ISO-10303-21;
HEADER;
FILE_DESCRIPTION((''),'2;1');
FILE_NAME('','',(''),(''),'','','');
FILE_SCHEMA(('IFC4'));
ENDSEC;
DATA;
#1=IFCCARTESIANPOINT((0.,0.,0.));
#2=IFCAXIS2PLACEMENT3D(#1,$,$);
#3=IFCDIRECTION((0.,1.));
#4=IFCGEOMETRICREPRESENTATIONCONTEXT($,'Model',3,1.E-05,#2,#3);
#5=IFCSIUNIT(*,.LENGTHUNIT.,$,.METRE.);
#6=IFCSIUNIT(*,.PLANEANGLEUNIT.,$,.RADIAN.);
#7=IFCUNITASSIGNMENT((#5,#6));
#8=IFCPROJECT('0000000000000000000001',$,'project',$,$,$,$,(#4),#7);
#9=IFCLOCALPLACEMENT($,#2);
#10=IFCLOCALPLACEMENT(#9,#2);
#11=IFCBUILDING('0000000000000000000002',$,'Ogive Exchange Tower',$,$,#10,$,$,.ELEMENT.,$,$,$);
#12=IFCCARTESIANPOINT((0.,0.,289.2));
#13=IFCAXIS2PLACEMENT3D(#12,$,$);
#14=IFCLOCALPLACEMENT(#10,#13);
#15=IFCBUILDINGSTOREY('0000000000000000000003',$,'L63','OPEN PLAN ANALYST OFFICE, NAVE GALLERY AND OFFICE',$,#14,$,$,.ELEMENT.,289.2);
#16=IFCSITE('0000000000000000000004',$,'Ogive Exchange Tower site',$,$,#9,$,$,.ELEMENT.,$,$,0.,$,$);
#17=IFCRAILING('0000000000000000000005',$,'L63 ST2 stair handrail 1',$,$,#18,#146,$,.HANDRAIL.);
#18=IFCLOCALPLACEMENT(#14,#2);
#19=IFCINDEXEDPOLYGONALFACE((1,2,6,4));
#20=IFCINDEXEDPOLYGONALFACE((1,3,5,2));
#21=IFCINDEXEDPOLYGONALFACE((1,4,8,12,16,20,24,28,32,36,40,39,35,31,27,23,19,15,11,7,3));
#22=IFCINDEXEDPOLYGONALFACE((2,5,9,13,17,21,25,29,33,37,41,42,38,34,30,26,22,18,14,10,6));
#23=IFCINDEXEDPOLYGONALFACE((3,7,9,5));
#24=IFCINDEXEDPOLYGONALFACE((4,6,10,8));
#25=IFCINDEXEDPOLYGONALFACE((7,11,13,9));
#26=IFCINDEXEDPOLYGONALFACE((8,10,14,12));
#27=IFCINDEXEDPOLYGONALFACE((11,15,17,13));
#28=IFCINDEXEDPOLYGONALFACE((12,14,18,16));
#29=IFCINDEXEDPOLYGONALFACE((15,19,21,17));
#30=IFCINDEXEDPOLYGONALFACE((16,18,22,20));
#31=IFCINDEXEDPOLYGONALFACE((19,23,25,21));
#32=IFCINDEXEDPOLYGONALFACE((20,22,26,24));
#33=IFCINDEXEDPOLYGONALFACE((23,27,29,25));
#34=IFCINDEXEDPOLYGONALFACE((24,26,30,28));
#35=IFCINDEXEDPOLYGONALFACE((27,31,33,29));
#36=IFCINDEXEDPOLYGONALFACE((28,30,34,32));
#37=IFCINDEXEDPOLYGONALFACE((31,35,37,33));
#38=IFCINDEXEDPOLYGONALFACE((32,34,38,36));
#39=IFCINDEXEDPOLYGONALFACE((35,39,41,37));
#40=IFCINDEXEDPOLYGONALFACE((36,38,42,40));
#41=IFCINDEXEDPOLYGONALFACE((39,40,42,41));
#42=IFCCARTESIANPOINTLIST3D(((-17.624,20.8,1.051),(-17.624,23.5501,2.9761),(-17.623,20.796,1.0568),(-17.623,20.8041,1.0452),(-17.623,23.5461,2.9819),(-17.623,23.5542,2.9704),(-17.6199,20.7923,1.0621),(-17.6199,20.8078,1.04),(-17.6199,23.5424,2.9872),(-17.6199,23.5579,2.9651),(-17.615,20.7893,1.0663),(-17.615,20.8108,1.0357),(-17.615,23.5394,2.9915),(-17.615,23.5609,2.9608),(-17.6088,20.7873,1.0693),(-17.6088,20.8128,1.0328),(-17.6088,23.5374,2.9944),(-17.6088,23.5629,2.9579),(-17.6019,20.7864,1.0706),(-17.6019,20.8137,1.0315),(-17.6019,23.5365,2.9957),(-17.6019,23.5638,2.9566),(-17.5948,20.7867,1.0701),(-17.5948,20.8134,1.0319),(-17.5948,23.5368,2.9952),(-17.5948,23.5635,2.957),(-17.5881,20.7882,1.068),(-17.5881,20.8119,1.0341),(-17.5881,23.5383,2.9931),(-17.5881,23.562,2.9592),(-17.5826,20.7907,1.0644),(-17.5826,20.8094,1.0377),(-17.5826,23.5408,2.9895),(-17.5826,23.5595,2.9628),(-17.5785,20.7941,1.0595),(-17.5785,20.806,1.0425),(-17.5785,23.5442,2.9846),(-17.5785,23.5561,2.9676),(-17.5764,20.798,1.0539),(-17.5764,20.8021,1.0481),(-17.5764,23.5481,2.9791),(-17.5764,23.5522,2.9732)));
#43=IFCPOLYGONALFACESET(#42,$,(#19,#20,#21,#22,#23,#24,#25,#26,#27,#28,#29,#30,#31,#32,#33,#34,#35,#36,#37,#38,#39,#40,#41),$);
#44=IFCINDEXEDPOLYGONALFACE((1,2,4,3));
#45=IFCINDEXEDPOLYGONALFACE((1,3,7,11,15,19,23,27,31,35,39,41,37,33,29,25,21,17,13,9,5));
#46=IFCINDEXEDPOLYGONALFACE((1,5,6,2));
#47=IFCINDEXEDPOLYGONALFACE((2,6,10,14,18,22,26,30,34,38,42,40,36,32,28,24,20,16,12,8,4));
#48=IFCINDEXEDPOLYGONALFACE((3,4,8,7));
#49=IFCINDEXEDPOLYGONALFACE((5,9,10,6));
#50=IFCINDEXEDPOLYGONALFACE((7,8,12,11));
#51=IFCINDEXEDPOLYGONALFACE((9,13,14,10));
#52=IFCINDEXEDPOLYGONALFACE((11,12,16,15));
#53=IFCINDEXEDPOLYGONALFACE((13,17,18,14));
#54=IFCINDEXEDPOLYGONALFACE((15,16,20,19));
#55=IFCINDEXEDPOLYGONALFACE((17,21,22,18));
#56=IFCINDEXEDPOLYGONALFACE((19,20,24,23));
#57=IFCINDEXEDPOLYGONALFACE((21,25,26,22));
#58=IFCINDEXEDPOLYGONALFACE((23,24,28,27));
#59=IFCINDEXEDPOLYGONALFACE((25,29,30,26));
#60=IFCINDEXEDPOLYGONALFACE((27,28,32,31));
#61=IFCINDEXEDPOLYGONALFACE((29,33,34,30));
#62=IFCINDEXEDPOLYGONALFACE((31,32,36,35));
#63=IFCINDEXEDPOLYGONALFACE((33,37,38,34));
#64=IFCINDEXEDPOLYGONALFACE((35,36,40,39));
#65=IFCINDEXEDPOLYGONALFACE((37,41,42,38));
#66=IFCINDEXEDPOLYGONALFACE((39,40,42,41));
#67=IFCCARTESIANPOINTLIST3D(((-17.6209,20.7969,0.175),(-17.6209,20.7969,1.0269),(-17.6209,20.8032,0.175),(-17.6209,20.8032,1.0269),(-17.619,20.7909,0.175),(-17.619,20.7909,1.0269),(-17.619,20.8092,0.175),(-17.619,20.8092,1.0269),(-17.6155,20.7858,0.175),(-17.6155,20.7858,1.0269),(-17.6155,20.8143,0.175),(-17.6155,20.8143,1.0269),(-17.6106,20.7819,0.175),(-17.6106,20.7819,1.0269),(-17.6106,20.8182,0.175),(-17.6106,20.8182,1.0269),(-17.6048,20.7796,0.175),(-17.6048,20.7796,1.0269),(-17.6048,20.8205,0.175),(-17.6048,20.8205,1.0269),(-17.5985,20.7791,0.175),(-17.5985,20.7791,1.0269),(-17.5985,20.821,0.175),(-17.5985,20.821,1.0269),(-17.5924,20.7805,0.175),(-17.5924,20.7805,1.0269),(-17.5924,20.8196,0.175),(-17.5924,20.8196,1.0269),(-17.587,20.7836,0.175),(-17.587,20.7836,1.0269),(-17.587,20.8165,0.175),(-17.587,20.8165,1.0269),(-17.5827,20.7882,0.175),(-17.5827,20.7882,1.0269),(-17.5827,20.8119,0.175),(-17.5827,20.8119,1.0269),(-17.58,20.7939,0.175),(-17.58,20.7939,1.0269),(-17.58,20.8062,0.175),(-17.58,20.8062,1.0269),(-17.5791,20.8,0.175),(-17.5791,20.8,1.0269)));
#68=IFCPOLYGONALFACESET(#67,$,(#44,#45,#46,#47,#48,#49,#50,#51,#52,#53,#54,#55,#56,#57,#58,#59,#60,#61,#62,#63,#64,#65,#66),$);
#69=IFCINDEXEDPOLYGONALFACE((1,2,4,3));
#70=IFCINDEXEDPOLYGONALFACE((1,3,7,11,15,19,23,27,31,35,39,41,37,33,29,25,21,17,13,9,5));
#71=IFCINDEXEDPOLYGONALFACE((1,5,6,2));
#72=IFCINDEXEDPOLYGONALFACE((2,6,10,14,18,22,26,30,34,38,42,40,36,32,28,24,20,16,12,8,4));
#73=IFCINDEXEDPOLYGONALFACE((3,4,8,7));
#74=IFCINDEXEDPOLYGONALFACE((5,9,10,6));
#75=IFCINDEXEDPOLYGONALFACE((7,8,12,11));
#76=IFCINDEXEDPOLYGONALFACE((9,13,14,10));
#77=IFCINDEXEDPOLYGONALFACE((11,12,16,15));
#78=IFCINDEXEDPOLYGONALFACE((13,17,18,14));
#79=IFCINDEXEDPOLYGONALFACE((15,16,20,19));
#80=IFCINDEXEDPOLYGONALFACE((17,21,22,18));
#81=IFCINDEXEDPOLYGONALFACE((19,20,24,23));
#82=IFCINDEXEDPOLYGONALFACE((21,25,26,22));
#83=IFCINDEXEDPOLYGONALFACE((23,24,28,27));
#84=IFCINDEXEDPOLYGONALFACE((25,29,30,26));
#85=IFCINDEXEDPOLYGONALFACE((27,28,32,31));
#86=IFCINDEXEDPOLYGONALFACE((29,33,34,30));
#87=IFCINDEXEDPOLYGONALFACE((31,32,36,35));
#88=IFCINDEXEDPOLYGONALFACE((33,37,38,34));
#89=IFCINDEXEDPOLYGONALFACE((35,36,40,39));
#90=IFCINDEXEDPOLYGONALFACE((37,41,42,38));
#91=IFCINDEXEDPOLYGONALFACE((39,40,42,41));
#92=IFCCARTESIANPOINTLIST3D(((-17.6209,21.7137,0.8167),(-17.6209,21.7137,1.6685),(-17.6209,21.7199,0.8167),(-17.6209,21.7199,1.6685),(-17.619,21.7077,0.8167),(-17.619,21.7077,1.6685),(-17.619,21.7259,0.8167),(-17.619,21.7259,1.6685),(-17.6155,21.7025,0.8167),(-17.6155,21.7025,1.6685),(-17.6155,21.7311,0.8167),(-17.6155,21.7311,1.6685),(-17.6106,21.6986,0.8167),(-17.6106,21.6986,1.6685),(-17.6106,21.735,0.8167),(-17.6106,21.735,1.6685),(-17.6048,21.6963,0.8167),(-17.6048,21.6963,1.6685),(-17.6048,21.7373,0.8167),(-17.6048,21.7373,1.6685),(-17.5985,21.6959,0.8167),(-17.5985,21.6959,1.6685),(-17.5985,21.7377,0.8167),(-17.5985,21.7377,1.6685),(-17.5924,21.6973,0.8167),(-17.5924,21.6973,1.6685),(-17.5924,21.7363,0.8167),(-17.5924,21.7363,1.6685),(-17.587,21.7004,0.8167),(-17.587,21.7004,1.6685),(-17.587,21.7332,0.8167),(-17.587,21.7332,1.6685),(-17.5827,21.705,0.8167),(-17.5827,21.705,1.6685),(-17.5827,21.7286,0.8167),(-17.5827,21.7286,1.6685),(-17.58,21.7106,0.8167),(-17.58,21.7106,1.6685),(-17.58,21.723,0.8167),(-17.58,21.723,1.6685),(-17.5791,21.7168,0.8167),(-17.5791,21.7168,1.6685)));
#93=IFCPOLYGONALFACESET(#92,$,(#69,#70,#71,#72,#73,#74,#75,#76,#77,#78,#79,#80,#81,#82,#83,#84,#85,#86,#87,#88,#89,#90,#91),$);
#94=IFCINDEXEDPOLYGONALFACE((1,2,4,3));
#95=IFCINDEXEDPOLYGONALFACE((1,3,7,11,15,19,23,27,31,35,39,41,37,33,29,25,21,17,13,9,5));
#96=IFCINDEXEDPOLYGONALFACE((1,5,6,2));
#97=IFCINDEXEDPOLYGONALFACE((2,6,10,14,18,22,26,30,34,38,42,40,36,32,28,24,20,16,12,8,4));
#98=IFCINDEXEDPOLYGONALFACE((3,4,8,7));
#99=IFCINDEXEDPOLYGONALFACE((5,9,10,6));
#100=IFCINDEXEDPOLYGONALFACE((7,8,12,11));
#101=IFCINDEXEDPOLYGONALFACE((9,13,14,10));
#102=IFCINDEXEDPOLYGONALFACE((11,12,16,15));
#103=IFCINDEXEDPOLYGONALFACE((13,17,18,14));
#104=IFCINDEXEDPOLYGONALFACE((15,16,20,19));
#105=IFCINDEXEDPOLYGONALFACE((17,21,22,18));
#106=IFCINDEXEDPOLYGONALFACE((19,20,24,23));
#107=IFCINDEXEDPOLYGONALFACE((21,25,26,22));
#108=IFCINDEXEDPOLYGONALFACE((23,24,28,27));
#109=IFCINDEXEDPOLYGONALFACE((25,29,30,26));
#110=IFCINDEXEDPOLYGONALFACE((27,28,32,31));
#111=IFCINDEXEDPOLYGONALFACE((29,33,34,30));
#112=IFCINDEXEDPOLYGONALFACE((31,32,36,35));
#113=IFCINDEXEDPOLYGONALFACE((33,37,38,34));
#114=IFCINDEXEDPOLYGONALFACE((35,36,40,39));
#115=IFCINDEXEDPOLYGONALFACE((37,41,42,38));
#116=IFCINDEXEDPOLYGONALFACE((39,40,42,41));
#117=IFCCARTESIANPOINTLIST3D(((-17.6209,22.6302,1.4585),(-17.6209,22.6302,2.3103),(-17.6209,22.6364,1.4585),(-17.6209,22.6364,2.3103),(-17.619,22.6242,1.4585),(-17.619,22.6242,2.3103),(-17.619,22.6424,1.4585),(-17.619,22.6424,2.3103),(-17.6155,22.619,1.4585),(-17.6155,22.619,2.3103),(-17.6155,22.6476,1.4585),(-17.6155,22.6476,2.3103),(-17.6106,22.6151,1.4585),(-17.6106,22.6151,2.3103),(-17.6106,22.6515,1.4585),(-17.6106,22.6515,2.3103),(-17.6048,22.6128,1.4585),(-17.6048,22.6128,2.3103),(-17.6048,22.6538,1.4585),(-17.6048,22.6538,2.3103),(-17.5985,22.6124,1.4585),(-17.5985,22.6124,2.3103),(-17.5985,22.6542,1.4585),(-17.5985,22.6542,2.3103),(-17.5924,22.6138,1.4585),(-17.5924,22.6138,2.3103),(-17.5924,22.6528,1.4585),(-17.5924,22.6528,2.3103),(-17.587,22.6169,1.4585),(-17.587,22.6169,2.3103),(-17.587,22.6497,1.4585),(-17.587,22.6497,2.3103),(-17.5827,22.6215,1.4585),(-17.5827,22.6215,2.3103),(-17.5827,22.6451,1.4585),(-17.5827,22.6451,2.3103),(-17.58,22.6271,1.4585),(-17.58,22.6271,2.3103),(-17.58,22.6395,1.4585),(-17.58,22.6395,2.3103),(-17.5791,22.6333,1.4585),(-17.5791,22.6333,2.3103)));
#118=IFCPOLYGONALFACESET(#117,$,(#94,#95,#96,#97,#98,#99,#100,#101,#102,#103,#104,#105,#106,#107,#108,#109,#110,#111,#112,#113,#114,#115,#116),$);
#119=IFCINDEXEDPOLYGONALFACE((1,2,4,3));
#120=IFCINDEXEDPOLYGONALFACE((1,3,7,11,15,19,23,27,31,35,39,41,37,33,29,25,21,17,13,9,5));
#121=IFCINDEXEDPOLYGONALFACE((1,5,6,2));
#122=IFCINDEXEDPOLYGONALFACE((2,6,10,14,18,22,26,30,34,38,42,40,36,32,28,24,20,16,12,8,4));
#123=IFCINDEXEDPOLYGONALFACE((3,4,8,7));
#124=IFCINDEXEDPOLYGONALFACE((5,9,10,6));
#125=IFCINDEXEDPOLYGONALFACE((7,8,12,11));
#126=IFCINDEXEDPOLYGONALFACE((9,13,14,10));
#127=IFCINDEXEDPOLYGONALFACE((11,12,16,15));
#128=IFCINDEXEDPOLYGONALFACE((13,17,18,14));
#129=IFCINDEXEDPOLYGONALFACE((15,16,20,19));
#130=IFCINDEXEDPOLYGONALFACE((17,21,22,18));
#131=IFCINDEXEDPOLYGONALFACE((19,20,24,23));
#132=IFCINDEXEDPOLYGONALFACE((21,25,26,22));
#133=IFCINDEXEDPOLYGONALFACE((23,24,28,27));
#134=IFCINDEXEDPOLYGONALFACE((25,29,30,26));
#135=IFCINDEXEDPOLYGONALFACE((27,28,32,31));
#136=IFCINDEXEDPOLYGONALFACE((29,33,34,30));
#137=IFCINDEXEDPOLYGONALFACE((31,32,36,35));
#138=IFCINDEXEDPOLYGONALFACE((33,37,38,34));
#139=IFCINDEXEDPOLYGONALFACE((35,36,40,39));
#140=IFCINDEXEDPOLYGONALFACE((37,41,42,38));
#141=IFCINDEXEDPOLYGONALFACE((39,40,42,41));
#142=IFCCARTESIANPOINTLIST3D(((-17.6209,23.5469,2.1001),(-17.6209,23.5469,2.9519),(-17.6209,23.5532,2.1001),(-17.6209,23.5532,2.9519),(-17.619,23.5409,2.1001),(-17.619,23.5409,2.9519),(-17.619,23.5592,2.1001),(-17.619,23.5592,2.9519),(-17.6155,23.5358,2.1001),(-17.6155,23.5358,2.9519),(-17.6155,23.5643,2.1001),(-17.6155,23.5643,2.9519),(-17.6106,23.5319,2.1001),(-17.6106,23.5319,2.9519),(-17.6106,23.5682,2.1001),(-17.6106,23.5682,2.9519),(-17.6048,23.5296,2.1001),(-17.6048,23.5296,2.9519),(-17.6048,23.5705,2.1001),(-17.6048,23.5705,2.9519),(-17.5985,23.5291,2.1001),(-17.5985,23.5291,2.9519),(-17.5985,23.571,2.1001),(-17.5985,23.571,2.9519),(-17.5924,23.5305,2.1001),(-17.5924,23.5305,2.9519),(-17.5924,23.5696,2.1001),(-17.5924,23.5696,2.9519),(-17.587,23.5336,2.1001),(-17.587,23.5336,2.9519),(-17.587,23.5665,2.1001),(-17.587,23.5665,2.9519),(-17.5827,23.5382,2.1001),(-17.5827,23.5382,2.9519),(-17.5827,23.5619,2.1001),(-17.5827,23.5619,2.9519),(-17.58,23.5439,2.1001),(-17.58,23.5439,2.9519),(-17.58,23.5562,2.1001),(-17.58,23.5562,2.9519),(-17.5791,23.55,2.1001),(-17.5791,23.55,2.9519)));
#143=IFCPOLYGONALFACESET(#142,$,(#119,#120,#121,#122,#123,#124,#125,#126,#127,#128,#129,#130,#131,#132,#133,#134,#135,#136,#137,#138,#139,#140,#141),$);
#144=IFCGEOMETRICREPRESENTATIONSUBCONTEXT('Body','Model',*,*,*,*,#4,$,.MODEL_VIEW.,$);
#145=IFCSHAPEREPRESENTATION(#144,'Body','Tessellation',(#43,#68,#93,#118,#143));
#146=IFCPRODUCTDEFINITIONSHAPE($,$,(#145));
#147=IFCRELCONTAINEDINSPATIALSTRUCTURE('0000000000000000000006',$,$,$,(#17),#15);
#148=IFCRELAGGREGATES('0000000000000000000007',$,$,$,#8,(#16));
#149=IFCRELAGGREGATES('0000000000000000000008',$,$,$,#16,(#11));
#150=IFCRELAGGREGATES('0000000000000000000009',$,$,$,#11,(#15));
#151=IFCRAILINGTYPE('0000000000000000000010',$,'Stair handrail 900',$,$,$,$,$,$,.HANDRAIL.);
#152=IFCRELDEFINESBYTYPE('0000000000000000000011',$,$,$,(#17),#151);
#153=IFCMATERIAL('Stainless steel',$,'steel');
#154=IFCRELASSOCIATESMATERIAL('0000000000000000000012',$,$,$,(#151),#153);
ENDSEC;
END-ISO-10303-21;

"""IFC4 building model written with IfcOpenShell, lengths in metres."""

from ifc_helpers import new_model, si_unit, direction, frame, origin, origin_2d, place, context, subcontext, project, spatial, circle, extrude, material, type_object, element, save


model = new_model("IFC4")

# Units and contexts
model_context = context("Model", 3, precision=1e-05, world=origin(), true_north=direction((0.0, 1.0)))
body_context = subcontext(model_context, "Body", "Model", "MODEL_VIEW")
ifc_project = project(units=[si_unit("LENGTHUNIT", "METRE"), si_unit("PLANEANGLEUNIT", "RADIAN")], contexts=[model_context])

# Site, building, storey
site_placement = place(None, origin())
site = spatial("IfcSite", under=ifc_project, at=site_placement, Name="Ogive Exchange Tower site", CompositionType="ELEMENT", RefElevation=0.0)
building_placement = place(site_placement, origin())
building = spatial("IfcBuilding", under=site, at=building_placement, Name="Ogive Exchange Tower", CompositionType="ELEMENT")
storey_placement = place(building_placement, frame((0.0, 0.0, 289.2)))
storey = spatial("IfcBuildingStorey", under=building, at=storey_placement, Name="L63", Description="OPEN PLAN ANALYST OFFICE, NAVE GALLERY AND OFFICE", CompositionType="ELEMENT", Elevation=289.2)

# Railing
ifc_material_1 = material(Name="Stainless steel", Category="steel")
railing_type = type_object("IfcRailingType", Name="Stair handrail 900", PredefinedType="HANDRAIL", material=ifc_material_1)
railing_1_placement = place(storey_placement, frame((-17.6001, 20.8, 0.175)))
element("IfcRailing", 1, at=railing_1_placement, inside=storey, type_object=railing_type, Name="L63 ST2 stair handrail 1", PredefinedType="HANDRAIL", context=body_context, shape_type="SweptSolid", body=[
    extrude(circle(Radius=0.0239, at=origin_2d()), frame((0.0, 0.0, 0.876), z_axis=(0.0, 0.819225, 0.573472), x_axis=(-1.0, 0.0, 0.0)), (0.0, 0.0, 1.0), 3.3569),
    extrude(circle(Radius=0.021, at=origin_2d()), origin(), (0.0, 0.0, 1.0), 0.8518),
    extrude(circle(Radius=0.021, at=origin_2d()), frame((0.0, 0.9167, 0.6416)), (0.0, 0.0, 1.0), 0.8518),
    extrude(circle(Radius=0.021, at=origin_2d()), frame((0.0, 1.8333, 1.2834)), (0.0, 0.0, 1.0), 0.8518),
    extrude(circle(Radius=0.021, at=origin_2d()), frame((0.0, 2.75, 1.925)), (0.0, 0.0, 1.0), 0.8518),
])

save(model, "model.ifc")
